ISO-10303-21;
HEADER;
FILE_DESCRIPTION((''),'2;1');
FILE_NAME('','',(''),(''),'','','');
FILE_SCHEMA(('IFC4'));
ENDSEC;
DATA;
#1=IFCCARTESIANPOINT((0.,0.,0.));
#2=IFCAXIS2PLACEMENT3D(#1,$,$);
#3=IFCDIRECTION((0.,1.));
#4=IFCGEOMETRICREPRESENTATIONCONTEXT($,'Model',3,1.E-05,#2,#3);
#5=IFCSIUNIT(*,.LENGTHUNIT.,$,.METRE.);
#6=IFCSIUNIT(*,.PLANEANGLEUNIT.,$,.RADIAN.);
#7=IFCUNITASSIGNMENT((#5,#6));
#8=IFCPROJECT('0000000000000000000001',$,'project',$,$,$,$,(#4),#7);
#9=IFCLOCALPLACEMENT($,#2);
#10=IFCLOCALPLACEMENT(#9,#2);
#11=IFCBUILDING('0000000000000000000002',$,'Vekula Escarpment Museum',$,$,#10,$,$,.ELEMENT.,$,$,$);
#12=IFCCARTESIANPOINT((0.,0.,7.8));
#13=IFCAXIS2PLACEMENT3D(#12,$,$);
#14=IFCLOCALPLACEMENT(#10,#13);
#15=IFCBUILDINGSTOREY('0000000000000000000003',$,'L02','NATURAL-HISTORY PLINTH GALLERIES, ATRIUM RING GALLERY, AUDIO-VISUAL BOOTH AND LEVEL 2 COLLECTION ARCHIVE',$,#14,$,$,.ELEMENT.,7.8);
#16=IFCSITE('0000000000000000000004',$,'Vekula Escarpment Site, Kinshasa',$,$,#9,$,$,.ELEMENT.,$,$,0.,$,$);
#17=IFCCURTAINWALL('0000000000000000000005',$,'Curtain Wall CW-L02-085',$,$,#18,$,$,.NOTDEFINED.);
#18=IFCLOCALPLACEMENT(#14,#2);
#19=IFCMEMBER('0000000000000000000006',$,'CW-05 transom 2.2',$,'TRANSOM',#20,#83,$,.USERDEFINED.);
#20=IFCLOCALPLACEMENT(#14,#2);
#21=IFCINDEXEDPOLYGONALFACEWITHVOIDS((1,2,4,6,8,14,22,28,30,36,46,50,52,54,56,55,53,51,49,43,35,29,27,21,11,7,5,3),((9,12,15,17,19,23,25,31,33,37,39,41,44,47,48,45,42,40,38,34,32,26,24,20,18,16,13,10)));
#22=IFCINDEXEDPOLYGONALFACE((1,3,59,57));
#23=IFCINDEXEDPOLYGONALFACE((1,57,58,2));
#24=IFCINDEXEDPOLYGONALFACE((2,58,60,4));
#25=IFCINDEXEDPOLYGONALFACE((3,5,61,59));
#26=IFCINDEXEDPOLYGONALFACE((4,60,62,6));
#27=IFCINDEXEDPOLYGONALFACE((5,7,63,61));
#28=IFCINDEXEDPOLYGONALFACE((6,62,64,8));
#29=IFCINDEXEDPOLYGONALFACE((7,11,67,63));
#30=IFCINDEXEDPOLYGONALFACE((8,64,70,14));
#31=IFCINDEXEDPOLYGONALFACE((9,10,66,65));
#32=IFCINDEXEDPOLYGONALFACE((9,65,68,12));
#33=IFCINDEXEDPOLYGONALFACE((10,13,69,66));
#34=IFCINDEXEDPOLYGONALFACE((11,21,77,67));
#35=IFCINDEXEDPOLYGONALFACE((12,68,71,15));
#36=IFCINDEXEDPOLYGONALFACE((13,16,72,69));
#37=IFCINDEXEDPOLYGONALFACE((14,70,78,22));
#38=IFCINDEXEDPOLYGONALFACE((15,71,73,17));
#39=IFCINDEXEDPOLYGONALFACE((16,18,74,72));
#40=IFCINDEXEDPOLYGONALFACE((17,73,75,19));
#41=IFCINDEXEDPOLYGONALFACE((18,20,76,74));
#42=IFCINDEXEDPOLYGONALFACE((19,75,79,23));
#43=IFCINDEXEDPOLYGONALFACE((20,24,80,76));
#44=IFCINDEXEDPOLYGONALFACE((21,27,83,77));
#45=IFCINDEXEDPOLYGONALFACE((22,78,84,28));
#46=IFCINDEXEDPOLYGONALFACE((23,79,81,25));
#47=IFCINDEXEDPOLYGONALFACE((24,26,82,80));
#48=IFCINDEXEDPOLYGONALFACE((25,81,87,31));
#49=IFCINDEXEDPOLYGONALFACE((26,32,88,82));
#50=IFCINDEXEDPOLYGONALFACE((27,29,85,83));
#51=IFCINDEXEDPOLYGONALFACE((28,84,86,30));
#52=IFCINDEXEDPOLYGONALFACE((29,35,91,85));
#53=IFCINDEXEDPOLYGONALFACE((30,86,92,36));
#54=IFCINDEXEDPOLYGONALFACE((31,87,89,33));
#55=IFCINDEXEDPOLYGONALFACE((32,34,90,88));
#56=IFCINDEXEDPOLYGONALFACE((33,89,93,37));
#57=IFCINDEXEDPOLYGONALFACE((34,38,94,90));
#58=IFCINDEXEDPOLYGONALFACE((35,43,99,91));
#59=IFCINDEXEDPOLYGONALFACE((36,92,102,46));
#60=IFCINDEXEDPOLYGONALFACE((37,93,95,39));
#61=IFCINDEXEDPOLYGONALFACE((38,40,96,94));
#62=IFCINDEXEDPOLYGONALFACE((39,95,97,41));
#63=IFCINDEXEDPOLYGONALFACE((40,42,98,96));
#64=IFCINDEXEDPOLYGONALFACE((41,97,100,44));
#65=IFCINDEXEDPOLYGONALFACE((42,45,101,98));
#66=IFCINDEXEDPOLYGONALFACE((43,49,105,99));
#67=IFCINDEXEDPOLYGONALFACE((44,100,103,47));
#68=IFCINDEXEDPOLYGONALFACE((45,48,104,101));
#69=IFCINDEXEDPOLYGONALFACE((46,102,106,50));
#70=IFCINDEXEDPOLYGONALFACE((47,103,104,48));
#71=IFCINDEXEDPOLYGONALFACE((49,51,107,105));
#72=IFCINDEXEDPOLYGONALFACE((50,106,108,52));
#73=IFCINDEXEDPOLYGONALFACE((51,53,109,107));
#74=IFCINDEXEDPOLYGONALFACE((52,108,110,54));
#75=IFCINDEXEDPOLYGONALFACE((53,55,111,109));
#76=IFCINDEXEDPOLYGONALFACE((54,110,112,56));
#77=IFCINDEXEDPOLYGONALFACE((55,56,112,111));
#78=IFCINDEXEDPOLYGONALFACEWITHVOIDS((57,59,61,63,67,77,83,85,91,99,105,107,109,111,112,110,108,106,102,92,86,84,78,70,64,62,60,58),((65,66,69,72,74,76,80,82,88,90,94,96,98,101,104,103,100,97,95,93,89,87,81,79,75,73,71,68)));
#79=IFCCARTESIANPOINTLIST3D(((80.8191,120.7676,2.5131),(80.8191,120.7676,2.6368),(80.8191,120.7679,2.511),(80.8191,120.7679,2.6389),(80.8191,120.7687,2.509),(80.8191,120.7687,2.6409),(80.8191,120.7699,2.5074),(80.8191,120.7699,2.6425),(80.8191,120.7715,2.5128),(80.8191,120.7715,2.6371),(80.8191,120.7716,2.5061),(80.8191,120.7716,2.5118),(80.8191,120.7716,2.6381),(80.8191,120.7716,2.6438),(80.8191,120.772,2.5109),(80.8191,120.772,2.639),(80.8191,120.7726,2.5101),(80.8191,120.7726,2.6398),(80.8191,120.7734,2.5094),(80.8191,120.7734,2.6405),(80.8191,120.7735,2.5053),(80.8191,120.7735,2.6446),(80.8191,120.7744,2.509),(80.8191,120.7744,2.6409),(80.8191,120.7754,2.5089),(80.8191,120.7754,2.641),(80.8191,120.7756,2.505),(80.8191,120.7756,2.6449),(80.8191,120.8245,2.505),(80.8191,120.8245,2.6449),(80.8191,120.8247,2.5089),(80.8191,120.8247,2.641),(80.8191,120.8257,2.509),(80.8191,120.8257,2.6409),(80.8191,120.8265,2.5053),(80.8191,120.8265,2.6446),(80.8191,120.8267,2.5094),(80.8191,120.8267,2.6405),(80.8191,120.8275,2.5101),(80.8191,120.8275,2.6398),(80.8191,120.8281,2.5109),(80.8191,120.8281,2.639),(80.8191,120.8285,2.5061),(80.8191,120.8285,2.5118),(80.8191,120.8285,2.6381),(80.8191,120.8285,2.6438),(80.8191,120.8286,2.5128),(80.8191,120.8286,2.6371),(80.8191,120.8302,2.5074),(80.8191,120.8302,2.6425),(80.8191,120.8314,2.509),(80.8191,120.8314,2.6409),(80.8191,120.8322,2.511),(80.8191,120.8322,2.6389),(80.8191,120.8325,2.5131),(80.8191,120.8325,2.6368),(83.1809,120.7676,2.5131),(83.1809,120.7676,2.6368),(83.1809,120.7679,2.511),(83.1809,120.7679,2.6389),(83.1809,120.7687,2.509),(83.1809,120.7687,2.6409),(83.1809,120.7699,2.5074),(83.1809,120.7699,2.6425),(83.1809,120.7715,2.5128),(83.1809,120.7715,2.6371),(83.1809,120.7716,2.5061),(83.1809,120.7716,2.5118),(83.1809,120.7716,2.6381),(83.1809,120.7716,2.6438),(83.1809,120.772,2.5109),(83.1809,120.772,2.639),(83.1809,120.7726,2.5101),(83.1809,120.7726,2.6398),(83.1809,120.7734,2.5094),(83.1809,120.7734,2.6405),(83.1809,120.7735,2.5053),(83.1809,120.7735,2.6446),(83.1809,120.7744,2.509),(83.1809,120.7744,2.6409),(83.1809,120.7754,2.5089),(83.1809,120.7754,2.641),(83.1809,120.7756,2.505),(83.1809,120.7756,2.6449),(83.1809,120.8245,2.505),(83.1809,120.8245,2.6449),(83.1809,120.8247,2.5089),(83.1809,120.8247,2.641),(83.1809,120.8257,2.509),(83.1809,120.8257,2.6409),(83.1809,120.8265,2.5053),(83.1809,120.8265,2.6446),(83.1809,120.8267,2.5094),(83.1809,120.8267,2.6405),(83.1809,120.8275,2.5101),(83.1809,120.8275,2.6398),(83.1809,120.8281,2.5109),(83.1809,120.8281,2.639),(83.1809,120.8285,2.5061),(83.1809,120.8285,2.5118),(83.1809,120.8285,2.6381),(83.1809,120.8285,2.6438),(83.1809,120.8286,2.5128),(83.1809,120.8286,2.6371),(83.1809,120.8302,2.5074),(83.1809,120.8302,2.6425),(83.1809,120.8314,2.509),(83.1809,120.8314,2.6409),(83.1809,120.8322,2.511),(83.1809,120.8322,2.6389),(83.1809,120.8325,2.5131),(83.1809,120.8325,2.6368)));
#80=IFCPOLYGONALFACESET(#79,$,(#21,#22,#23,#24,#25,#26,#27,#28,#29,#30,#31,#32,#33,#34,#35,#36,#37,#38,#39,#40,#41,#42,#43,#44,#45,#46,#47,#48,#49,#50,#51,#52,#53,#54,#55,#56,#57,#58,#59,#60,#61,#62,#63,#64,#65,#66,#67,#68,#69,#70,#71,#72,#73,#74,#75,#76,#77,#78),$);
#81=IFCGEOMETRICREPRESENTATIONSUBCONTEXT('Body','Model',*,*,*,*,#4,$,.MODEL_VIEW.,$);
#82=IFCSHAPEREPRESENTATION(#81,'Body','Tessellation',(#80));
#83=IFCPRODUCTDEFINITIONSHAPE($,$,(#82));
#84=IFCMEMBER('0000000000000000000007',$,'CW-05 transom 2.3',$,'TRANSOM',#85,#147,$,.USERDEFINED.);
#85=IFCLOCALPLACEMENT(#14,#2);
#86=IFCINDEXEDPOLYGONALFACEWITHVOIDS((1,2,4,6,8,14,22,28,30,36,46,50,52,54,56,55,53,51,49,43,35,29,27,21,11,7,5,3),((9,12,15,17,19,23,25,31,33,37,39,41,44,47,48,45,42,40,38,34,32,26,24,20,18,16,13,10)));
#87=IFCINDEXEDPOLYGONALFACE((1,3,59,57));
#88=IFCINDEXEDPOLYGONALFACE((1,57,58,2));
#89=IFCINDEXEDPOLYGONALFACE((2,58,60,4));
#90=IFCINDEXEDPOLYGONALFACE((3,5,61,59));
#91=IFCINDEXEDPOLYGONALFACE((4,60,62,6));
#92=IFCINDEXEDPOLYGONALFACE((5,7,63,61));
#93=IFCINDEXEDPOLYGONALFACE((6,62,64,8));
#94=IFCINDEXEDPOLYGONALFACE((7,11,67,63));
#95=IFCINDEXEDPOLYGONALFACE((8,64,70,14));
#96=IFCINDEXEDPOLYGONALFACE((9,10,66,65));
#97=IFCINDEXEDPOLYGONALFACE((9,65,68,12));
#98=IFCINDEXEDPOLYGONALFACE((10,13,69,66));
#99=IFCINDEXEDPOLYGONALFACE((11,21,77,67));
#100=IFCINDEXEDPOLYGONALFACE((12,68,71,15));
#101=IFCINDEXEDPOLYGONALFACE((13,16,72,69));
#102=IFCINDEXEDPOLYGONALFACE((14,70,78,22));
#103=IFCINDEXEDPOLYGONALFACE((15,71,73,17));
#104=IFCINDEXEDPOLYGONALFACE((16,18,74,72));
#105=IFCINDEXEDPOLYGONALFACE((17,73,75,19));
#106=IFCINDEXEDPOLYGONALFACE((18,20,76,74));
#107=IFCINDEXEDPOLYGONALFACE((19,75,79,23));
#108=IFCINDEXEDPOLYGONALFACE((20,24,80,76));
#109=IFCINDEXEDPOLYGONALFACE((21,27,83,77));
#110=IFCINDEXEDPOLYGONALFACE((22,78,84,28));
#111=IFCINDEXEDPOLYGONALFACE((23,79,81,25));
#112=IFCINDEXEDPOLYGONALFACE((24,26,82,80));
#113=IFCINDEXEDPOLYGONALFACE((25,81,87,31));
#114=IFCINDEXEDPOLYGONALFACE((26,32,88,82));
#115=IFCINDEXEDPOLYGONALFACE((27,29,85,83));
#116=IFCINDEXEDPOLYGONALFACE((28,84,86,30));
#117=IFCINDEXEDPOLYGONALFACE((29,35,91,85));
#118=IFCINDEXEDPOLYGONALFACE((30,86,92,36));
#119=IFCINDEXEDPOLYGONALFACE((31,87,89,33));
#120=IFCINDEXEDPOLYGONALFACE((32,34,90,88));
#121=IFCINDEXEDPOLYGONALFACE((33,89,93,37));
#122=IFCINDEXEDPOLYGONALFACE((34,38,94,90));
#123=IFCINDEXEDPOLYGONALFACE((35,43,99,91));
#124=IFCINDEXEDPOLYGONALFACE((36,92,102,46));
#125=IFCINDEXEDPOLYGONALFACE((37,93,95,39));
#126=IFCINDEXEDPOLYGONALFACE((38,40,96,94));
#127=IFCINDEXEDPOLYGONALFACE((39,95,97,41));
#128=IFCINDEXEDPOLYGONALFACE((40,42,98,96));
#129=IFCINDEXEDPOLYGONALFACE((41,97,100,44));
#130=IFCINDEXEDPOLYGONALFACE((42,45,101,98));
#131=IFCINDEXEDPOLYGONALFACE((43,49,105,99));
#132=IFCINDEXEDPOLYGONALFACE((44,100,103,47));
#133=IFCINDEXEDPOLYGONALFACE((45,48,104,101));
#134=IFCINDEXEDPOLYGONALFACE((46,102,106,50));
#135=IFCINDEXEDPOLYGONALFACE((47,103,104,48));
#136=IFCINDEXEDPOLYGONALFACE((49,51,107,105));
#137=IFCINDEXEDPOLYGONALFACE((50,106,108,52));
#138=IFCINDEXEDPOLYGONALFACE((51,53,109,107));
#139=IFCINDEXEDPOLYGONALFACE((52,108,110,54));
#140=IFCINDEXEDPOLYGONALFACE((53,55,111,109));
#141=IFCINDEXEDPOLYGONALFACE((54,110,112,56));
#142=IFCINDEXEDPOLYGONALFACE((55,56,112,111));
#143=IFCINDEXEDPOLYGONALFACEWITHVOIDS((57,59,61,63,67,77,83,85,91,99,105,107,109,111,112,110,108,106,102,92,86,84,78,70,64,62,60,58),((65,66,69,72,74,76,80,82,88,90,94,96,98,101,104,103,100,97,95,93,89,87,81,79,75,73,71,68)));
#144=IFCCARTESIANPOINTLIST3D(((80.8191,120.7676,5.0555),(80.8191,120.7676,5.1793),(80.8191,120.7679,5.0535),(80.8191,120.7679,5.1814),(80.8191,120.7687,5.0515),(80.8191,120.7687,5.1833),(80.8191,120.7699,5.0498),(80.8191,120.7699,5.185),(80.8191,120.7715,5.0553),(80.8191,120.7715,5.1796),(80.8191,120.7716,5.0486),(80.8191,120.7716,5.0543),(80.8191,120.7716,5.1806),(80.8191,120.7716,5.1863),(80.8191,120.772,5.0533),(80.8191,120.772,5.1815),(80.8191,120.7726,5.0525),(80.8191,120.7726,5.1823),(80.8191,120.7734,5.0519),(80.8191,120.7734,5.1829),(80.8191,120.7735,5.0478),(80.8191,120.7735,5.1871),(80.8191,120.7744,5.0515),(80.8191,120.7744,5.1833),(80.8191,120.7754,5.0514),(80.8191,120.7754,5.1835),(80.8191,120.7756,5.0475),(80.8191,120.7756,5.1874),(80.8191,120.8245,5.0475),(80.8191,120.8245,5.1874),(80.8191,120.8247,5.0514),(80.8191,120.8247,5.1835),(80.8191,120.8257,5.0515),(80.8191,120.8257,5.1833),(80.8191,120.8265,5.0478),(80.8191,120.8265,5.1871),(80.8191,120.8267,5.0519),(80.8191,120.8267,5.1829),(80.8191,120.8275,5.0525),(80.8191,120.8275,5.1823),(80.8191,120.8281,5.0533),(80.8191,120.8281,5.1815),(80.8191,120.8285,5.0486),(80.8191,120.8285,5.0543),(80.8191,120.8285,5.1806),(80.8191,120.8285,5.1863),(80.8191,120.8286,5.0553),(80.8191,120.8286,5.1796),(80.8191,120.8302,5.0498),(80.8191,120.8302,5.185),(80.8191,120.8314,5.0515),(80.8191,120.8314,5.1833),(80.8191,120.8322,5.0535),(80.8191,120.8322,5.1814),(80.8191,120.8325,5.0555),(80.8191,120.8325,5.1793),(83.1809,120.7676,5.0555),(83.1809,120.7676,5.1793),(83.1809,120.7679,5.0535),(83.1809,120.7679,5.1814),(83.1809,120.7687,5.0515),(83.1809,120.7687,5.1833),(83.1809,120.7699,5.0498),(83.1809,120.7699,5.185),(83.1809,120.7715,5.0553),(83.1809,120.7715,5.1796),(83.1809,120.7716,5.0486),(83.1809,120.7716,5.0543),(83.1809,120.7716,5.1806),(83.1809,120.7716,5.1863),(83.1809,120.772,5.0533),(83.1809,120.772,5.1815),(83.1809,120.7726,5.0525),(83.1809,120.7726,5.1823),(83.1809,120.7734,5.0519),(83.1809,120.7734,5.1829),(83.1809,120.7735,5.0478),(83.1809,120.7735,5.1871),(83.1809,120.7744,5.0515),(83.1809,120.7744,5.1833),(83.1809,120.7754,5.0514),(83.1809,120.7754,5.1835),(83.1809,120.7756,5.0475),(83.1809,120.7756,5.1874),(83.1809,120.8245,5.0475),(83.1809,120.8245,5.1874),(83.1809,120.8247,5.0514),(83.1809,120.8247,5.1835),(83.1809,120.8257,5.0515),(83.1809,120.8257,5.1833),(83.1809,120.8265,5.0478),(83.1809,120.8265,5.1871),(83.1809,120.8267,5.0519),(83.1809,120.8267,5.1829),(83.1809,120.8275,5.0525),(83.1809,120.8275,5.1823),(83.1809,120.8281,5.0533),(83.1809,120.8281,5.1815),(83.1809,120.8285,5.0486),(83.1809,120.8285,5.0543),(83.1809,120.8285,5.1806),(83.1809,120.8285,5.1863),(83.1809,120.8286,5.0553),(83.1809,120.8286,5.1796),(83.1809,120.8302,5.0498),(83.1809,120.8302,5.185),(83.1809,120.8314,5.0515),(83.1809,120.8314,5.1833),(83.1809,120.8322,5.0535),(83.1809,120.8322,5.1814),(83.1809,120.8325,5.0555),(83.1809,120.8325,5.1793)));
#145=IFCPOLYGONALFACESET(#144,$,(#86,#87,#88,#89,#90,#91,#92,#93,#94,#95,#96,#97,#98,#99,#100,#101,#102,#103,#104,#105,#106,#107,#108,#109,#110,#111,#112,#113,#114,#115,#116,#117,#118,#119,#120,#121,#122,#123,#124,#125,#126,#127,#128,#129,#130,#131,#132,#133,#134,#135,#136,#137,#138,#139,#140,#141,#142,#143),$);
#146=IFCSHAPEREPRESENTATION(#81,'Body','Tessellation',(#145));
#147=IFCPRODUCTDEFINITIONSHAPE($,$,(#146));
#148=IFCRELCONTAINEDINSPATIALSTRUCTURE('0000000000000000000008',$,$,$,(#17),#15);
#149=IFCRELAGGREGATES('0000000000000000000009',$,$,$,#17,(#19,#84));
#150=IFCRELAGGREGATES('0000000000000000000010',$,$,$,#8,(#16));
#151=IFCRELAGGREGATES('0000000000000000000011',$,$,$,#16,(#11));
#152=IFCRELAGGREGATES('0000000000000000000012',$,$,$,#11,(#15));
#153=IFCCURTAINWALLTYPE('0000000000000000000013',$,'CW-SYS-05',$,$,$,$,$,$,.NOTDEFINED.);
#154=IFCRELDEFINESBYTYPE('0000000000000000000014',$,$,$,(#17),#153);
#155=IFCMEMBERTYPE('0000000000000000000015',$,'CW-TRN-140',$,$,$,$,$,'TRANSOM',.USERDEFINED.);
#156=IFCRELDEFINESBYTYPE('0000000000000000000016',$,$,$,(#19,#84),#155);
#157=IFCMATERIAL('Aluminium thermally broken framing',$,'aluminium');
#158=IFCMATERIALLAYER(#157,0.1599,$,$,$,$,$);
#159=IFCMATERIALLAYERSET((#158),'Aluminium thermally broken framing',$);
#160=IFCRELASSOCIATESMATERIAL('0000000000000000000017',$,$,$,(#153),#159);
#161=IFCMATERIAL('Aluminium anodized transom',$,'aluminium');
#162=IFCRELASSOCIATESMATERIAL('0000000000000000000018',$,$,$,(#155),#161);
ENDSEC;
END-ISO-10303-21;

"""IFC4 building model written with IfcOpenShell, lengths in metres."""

from ifc_helpers import new_model, si_unit, direction, frame, origin, origin_2d, place, context, subcontext, project, spatial, hollow_rectangle, extrude, material, layer, layer_set, material_profile, profile_set, type_object, element, aggregate, save


model = new_model("IFC4")

# Units and contexts
model_context = context("Model", 3, precision=1e-05, world=origin(), true_north=direction((0.0, 1.0)))
body_context = subcontext(model_context, "Body", "Model", "MODEL_VIEW")
ifc_project = project(units=[si_unit("LENGTHUNIT", "METRE"), si_unit("PLANEANGLEUNIT", "RADIAN")], contexts=[model_context])

# Site, building, storey
site_placement = place(None, origin())
site = spatial("IfcSite", under=ifc_project, at=site_placement, Name="Vekula Escarpment Site, Kinshasa", CompositionType="ELEMENT", RefElevation=0.0)
building_placement = place(site_placement, origin())
building = spatial("IfcBuilding", under=site, at=building_placement, Name="Vekula Escarpment Museum", CompositionType="ELEMENT")
storey_placement = place(building_placement, frame((0.0, 0.0, 7.8)))
storey = spatial("IfcBuildingStorey", under=building, at=storey_placement, Name="L02", Description="NATURAL-HISTORY PLINTH GALLERIES, ATRIUM RING GALLERY, AUDIO-VISUAL BOOTH AND LEVEL 2 COLLECTION ARCHIVE", CompositionType="ELEMENT", Elevation=7.8)

# Curtain wall, members
ifc_material_1 = material(Name="Aluminium thermally broken framing", Category="aluminium")
ifc_layer_1 = layer(ifc_material_1, 0.1599)
ifc_layer_set_1 = layer_set([ifc_layer_1], Name="Aluminium thermally broken framing")
curtain_wall_type = type_object("IfcCurtainWallType", Name="CW-SYS-05", PredefinedType="NOTDEFINED", material=ifc_layer_set_1)
curtain_wall_placement = place(storey_placement, origin())
curtain_wall = element("IfcCurtainWall", 1, at=curtain_wall_placement, inside=storey, type_object=curtain_wall_type, Name="Curtain Wall CW-L02-085", PredefinedType="NOTDEFINED")
ifc_material_2 = material(Name="Aluminium anodized transom", Category="aluminium")
ifc_material_profile_1 = material_profile(ifc_material_2, hollow_rectangle(XDim=0.0649, YDim=0.1399, WallThickness=0.0039, InnerFilletRadius=0.0039, OuterFilletRadius=0.0081, at=origin_2d()), Name="ALU 140x65x4")
ifc_profile_set_1 = profile_set([ifc_material_profile_1], Name="Aluminium anodized transom")
member_type_1 = type_object("IfcMemberType", Name="CW-TRN-140", ElementType="TRANSOM", PredefinedType="USERDEFINED", material=ifc_profile_set_1)
member_1_placement = place(storey_placement, frame((80.8191, 120.8, 2.575), z_axis=(1.0, 0.0, 0.0), x_axis=(0.0, 1.0, 0.0)))
member_1 = element("IfcMember", 2, at=member_1_placement, type_object=member_type_1, Name="CW-05 transom 2.2", ObjectType="TRANSOM", PredefinedType="USERDEFINED", context=body_context, shape_type="SweptSolid", body=[
    extrude(hollow_rectangle(XDim=0.0649, YDim=0.1399, WallThickness=0.0039, InnerFilletRadius=0.0039, OuterFilletRadius=0.0081, at=origin_2d()), origin(), (0.0, 0.0, 1.0), 2.3618),
])
member_2_placement = place(storey_placement, frame((80.8191, 120.8, 5.1174), z_axis=(1.0, 0.0, 0.0), x_axis=(0.0, 1.0, 0.0)))
member_2 = element("IfcMember", 3, at=member_2_placement, type_object=member_type_1, Name="CW-05 transom 2.3", ObjectType="TRANSOM", PredefinedType="USERDEFINED", context=body_context, shape_type="SweptSolid", body=[
    extrude(hollow_rectangle(XDim=0.0649, YDim=0.1399, WallThickness=0.0039, InnerFilletRadius=0.0039, OuterFilletRadius=0.0081, at=origin_2d()), origin(), (0.0, 0.0, 1.0), 2.3618),
])
aggregate(curtain_wall, [member_1, member_2])

save(model, "model.ifc")
